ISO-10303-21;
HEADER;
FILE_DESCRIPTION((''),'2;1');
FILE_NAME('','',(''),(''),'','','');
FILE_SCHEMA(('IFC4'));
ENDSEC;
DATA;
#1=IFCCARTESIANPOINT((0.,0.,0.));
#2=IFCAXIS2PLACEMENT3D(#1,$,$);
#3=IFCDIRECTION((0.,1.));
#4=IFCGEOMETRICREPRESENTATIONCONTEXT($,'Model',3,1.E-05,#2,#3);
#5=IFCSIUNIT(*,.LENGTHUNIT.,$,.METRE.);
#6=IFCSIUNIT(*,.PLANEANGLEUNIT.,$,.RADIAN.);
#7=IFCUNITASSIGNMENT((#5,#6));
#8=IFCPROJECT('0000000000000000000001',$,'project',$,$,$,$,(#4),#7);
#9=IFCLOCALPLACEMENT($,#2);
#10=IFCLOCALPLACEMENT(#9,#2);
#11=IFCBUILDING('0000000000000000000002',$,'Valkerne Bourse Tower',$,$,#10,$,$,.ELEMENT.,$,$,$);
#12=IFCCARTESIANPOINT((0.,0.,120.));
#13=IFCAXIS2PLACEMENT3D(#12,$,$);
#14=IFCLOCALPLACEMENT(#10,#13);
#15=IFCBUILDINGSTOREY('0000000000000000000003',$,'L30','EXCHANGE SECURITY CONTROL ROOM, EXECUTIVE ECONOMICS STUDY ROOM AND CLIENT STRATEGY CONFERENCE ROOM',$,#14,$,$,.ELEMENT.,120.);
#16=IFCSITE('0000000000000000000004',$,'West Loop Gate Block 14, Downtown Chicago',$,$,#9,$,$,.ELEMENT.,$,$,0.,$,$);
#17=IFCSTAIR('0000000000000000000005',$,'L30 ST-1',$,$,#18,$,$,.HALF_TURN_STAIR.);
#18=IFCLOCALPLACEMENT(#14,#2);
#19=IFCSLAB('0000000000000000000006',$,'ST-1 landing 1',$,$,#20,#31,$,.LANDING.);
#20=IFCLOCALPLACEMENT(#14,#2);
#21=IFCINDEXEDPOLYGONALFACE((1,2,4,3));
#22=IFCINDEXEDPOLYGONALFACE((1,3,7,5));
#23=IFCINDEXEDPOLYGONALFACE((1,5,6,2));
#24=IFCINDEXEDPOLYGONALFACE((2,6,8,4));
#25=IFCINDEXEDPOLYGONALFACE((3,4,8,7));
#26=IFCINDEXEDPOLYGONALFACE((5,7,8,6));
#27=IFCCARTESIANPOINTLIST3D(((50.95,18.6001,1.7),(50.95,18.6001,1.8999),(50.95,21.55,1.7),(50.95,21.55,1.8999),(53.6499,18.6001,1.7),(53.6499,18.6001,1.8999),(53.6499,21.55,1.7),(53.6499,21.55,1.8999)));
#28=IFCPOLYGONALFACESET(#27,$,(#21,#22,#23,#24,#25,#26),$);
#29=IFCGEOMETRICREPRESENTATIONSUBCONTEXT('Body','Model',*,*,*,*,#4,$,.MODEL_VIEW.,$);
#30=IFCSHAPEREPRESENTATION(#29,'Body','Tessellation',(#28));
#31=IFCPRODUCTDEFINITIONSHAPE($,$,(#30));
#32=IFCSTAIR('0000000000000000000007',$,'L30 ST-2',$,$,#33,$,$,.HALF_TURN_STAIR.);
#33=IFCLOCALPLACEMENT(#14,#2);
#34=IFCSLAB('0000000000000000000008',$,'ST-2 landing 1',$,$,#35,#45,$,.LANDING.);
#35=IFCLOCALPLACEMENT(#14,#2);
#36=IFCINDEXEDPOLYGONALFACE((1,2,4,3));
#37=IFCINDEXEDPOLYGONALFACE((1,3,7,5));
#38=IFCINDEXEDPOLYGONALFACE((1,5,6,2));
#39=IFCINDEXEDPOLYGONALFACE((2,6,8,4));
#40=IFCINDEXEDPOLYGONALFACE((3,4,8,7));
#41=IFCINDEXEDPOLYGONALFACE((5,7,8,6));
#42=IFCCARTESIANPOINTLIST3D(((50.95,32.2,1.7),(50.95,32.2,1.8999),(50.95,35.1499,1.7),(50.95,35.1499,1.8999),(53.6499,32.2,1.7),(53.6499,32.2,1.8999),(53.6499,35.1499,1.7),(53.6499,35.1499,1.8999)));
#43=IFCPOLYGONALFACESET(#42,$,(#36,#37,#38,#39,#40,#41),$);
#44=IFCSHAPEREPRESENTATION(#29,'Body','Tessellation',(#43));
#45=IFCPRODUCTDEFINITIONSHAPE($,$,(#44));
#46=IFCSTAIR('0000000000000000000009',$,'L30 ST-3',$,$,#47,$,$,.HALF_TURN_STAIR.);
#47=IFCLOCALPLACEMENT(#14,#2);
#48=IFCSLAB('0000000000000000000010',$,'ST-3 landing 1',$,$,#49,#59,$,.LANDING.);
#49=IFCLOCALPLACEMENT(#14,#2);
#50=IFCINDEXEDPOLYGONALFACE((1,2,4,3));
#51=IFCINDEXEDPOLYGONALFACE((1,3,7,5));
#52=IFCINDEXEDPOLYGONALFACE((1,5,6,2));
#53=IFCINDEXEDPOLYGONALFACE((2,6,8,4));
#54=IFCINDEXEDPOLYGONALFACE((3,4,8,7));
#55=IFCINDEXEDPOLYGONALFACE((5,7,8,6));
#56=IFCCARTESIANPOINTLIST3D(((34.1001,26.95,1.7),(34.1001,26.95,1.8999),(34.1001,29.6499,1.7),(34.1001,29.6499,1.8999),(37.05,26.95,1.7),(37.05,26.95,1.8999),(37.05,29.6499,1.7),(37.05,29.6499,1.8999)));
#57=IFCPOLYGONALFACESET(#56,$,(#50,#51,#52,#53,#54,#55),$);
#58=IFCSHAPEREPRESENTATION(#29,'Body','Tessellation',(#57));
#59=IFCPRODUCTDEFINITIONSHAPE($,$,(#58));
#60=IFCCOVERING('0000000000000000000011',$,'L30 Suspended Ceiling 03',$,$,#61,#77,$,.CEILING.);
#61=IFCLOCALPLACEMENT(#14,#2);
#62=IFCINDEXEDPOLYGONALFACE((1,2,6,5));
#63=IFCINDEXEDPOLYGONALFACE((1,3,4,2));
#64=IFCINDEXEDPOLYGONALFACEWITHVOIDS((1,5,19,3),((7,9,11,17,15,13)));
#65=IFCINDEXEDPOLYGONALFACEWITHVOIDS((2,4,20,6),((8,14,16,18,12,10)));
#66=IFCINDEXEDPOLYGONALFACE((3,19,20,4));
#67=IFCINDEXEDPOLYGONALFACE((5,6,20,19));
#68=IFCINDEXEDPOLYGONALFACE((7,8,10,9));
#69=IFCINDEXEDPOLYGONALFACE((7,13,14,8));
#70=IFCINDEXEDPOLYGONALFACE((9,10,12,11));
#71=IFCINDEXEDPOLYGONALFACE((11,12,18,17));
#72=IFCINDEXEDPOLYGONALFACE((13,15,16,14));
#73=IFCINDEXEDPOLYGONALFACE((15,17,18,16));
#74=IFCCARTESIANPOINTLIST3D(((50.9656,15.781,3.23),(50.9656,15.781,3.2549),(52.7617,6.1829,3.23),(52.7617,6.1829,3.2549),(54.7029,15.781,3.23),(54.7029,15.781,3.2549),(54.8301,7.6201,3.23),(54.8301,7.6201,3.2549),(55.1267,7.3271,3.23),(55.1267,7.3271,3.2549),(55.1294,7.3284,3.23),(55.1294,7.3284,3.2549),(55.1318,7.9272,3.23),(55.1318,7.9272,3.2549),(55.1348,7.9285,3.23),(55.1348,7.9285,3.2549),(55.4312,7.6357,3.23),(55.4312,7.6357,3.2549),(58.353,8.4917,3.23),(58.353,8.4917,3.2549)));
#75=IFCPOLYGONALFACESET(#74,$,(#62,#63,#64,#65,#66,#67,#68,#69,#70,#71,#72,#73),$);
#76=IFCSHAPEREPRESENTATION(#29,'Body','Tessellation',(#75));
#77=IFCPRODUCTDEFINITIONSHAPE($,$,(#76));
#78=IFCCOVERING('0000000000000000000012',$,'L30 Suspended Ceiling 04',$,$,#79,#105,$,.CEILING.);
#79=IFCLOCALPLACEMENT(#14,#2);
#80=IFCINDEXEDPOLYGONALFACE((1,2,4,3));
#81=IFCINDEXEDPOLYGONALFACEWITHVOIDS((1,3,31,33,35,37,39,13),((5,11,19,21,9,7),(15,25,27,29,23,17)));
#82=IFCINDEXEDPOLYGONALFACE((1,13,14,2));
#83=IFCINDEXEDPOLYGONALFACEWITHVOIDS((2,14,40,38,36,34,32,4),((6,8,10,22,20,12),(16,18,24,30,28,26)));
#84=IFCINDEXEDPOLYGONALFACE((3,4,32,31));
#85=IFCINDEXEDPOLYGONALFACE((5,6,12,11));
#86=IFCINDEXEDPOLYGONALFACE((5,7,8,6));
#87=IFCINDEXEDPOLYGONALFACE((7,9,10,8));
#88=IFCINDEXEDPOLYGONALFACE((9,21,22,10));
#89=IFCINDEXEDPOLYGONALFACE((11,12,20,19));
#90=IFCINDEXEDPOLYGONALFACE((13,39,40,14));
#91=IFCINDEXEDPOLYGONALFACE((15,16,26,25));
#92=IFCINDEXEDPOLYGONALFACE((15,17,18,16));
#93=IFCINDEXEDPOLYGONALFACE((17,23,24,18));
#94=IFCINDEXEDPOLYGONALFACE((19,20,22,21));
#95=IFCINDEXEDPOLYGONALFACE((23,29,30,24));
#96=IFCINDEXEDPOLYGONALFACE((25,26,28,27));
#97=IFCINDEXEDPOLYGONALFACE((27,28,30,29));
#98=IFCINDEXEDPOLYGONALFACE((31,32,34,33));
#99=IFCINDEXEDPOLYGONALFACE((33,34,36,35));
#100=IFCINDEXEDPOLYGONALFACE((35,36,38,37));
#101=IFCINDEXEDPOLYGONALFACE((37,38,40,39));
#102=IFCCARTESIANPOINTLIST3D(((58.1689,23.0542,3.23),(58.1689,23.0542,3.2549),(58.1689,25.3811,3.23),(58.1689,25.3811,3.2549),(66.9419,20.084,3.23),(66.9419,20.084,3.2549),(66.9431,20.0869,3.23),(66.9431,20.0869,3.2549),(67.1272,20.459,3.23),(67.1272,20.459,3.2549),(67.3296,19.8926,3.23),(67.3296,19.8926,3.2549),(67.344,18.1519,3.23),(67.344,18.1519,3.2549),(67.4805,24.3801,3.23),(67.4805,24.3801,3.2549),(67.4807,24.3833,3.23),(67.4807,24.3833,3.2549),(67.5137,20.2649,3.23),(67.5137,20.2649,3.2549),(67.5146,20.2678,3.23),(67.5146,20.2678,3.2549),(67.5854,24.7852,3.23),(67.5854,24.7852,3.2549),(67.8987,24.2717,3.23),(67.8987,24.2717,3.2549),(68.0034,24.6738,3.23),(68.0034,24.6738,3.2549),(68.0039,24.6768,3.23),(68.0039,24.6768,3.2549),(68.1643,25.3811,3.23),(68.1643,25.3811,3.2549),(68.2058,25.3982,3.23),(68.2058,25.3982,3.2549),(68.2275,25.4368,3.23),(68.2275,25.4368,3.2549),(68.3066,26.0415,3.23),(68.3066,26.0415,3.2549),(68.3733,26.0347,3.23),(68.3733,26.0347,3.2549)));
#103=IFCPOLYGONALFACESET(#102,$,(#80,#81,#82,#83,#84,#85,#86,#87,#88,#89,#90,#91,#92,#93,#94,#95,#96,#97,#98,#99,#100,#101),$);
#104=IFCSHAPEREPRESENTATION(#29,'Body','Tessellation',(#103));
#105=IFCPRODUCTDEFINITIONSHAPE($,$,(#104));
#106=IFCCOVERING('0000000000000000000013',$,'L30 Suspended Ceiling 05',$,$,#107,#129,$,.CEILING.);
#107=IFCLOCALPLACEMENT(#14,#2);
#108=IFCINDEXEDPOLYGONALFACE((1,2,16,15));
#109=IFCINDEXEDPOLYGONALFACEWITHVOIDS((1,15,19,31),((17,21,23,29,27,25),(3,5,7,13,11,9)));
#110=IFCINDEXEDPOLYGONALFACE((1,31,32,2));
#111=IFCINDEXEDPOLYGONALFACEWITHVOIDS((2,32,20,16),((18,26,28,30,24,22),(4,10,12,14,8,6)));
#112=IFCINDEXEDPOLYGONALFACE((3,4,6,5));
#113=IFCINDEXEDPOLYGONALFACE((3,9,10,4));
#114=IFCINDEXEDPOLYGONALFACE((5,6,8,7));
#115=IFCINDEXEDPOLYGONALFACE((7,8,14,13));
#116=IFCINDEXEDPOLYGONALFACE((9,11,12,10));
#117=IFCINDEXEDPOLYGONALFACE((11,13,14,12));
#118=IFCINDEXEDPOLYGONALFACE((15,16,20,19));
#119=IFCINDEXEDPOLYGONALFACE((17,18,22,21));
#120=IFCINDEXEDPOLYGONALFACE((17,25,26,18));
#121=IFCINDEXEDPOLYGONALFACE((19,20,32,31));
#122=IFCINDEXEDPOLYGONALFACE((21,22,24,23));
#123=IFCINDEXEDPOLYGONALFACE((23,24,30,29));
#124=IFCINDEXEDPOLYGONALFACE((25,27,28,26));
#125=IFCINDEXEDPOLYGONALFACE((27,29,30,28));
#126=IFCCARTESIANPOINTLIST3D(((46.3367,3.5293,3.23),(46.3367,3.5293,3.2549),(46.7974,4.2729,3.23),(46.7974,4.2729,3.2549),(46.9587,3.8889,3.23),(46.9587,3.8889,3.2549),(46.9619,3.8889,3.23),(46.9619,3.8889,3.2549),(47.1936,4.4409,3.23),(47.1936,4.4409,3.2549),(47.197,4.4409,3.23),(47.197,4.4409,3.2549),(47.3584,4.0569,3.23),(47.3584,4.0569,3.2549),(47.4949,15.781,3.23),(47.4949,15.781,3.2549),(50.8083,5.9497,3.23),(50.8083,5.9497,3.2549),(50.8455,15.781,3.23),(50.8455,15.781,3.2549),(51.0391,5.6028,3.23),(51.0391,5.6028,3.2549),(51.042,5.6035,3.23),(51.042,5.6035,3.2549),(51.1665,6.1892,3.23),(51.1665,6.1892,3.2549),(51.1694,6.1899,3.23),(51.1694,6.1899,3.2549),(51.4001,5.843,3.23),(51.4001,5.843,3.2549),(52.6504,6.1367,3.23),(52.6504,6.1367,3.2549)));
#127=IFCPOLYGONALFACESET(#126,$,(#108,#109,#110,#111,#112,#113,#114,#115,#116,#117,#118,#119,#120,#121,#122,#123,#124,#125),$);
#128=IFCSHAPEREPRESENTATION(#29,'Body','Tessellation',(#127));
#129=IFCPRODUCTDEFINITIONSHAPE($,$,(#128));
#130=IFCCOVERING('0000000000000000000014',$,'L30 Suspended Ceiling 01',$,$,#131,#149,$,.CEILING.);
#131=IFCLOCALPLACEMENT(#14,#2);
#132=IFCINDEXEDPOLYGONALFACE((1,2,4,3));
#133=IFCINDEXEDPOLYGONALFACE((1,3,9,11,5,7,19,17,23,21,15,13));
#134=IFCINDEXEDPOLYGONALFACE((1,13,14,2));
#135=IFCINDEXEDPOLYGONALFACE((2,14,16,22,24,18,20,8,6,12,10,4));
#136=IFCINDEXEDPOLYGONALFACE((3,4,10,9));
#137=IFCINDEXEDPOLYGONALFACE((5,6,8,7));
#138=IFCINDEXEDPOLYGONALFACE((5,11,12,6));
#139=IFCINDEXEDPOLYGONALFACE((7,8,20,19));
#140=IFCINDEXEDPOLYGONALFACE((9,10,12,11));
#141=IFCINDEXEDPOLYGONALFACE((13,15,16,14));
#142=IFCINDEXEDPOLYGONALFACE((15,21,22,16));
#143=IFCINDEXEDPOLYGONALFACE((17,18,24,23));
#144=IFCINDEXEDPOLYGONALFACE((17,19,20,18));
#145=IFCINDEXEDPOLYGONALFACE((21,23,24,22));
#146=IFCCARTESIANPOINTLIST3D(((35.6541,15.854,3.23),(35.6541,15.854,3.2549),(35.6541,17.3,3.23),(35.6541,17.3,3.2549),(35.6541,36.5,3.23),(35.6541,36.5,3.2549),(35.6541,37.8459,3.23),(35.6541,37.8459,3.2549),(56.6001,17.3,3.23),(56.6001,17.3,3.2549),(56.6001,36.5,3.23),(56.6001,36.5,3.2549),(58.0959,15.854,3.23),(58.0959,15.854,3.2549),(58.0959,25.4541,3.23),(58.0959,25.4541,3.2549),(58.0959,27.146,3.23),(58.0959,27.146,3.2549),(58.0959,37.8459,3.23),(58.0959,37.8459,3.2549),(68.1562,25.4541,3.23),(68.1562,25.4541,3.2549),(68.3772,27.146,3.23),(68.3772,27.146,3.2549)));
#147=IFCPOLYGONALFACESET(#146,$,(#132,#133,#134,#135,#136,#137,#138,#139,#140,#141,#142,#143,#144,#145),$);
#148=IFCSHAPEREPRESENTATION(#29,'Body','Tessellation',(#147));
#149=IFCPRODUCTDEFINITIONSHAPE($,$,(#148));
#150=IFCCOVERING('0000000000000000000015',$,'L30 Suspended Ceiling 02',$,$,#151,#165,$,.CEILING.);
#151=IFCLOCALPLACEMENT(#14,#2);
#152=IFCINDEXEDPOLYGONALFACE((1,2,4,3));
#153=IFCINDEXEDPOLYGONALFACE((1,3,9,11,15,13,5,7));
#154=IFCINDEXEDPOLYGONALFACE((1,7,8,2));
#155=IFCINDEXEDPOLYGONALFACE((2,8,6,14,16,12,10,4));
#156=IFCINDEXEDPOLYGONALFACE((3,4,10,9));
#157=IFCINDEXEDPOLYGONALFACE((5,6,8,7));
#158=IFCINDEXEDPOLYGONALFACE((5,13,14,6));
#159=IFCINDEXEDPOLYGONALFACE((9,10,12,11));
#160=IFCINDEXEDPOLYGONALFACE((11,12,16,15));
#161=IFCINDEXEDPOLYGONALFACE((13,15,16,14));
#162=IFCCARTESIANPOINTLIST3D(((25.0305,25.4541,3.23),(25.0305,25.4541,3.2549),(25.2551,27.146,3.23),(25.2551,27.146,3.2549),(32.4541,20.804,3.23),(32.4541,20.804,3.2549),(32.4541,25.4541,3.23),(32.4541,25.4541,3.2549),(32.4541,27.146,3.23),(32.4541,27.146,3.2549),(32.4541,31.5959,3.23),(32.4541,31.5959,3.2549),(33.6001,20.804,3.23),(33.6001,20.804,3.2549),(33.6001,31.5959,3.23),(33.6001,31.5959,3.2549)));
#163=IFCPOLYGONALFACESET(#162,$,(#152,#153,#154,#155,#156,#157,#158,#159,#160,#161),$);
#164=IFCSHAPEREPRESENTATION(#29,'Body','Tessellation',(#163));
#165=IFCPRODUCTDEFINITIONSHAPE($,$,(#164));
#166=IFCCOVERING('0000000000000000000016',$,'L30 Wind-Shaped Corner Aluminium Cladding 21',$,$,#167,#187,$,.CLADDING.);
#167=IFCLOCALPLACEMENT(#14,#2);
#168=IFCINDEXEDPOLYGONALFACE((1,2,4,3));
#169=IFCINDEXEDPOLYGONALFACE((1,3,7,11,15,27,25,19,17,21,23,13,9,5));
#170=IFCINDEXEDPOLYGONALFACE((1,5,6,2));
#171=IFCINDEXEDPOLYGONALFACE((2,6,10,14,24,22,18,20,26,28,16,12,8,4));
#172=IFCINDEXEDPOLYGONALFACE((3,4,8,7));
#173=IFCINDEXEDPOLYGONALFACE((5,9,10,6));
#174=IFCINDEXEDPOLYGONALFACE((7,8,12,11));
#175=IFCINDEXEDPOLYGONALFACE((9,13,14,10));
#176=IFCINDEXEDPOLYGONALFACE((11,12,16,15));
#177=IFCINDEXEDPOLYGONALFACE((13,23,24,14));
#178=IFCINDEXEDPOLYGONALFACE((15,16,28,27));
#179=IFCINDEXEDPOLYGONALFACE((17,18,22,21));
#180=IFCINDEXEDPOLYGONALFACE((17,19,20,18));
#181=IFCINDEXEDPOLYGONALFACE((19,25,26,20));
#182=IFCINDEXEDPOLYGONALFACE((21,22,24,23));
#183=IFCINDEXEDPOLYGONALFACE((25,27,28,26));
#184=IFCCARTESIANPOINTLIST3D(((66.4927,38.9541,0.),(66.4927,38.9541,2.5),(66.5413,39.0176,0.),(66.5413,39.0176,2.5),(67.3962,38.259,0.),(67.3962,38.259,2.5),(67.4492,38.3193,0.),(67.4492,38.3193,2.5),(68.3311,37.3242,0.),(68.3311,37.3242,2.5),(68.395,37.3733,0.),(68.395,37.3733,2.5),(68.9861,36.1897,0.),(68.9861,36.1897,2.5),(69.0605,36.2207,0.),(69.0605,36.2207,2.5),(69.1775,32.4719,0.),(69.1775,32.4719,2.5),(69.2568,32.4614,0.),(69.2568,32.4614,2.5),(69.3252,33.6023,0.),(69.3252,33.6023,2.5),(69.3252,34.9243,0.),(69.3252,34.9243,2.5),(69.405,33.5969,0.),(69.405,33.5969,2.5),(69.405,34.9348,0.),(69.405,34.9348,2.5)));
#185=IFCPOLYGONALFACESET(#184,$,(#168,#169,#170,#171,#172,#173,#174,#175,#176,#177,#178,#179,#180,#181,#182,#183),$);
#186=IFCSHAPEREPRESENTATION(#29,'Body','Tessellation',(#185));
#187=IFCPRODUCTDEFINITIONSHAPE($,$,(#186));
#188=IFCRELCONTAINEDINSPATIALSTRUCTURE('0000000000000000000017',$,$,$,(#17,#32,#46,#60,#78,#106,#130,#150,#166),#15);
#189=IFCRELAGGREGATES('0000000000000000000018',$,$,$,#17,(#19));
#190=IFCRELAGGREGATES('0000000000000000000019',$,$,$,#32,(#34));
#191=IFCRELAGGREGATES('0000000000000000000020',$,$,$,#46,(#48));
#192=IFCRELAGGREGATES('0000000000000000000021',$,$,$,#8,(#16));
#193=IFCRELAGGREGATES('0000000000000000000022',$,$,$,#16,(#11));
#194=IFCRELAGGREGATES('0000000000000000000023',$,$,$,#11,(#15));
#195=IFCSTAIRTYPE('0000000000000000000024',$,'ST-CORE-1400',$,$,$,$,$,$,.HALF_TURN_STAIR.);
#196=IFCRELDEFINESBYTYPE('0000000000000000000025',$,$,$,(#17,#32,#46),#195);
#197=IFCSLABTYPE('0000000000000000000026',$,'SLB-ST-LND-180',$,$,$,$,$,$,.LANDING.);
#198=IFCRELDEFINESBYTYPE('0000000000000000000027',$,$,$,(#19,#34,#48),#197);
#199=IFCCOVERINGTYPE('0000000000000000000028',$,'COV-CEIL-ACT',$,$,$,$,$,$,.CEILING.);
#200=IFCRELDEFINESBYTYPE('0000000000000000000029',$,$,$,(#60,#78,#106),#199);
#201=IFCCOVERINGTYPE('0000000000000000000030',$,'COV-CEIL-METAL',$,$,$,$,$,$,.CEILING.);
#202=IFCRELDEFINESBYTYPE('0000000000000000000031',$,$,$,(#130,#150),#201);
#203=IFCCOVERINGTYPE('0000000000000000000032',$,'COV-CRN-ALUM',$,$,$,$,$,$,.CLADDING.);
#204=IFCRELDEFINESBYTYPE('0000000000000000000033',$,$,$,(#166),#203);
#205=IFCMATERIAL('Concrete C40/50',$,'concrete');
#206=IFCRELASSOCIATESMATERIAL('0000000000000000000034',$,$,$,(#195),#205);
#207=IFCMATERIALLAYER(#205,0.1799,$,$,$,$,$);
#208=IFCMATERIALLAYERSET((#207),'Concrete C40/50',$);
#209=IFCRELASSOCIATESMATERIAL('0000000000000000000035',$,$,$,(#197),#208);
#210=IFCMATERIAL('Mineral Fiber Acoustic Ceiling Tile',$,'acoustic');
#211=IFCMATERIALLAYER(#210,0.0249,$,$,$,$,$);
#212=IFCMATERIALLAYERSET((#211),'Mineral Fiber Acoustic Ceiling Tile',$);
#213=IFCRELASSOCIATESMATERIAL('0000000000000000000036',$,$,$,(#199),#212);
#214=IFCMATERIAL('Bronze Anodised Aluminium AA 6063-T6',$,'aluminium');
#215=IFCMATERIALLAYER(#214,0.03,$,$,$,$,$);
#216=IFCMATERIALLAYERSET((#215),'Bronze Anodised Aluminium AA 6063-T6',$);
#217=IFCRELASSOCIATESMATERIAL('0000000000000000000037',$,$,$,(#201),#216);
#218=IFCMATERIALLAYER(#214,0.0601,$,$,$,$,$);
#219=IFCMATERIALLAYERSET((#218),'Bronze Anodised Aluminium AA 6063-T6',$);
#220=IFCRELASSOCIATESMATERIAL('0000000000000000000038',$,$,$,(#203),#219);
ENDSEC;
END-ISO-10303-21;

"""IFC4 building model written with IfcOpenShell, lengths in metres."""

from ifc_helpers import new_model, si_unit, direction, frame, origin, place, context, subcontext, project, spatial, polyline, outline, extrude, material, layer, layer_set, type_object, element, aggregate, save


model = new_model("IFC4")

# Units and contexts
model_context = context("Model", 3, precision=1e-05, world=origin(), true_north=direction((0.0, 1.0)))
body_context = subcontext(model_context, "Body", "Model", "MODEL_VIEW")
ifc_project = project(units=[si_unit("LENGTHUNIT", "METRE"), si_unit("PLANEANGLEUNIT", "RADIAN")], contexts=[model_context])

# Site, building, storey
site_placement = place(None, origin())
site = spatial("IfcSite", under=ifc_project, at=site_placement, Name="West Loop Gate Block 14, Downtown Chicago", CompositionType="ELEMENT", RefElevation=0.0)
building_placement = place(site_placement, origin())
building = spatial("IfcBuilding", under=site, at=building_placement, Name="Valkerne Bourse Tower", CompositionType="ELEMENT")
storey_placement = place(building_placement, frame((0.0, 0.0, 120.0)))
storey = spatial("IfcBuildingStorey", under=building, at=storey_placement, Name="L30", Description="EXCHANGE SECURITY CONTROL ROOM, EXECUTIVE ECONOMICS STUDY ROOM AND CLIENT STRATEGY CONFERENCE ROOM", CompositionType="ELEMENT", Elevation=120.0)

# Stairs, slabs
ifc_material_1 = material(Name="Concrete C40/50", Category="concrete")
stair_type = type_object("IfcStairType", Name="ST-CORE-1400", PredefinedType="HALF_TURN_STAIR", material=ifc_material_1)
stair_1_placement = place(storey_placement, origin())
stair_1 = element("IfcStair", 1, at=stair_1_placement, inside=storey, type_object=stair_type, Name="L30 ST-1", PredefinedType="HALF_TURN_STAIR")
ifc_layer_1 = layer(ifc_material_1, 0.1799)
ifc_layer_set_1 = layer_set([ifc_layer_1], Name="Concrete C40/50")
slab_type = type_object("IfcSlabType", Name="SLB-ST-LND-180", PredefinedType="LANDING", material=ifc_layer_set_1)
slab_1_placement = place(storey_placement, frame((0.0, 0.0, 1.7)))
slab_1 = element("IfcSlab", 2, at=slab_1_placement, type_object=slab_type, Name="ST-1 landing 1", PredefinedType="LANDING", context=body_context, shape_type="SweptSolid", body=[
    extrude(outline(polyline([(50.95, 18.6001), (53.6499, 18.6001), (53.6499, 21.55), (50.95, 21.55), (50.95, 18.6001)])), origin(), (0.0, 0.0, 1.0), 0.2),
])
aggregate(stair_1, [slab_1])
stair_2_placement = place(storey_placement, origin())
stair_2 = element("IfcStair", 3, at=stair_2_placement, inside=storey, type_object=stair_type, Name="L30 ST-2", PredefinedType="HALF_TURN_STAIR")
slab_2_placement = place(storey_placement, frame((0.0, 0.0, 1.7)))
slab_2 = element("IfcSlab", 4, at=slab_2_placement, type_object=slab_type, Name="ST-2 landing 1", PredefinedType="LANDING", context=body_context, shape_type="SweptSolid", body=[
    extrude(outline(polyline([(50.95, 32.2), (53.6499, 32.2), (53.6499, 35.1499), (50.95, 35.1499), (50.95, 32.2)])), origin(), (0.0, 0.0, 1.0), 0.2),
])
aggregate(stair_2, [slab_2])
stair_3_placement = place(storey_placement, origin())
stair_3 = element("IfcStair", 5, at=stair_3_placement, inside=storey, type_object=stair_type, Name="L30 ST-3", PredefinedType="HALF_TURN_STAIR")
slab_3_placement = place(storey_placement, frame((0.0, 0.0, 1.7)))
slab_3 = element("IfcSlab", 6, at=slab_3_placement, type_object=slab_type, Name="ST-3 landing 1", PredefinedType="LANDING", context=body_context, shape_type="SweptSolid", body=[
    extrude(outline(polyline([(37.05, 26.95), (37.05, 29.6499), (34.1001, 29.6499), (34.1001, 26.95), (37.05, 26.95)])), origin(), (0.0, 0.0, 1.0), 0.2),
])
aggregate(stair_3, [slab_3])

# Coverings
ifc_material_2 = material(Name="Mineral Fiber Acoustic Ceiling Tile", Category="acoustic")
ifc_layer_2 = layer(ifc_material_2, 0.0249)
ifc_layer_set_2 = layer_set([ifc_layer_2], Name="Mineral Fiber Acoustic Ceiling Tile")
covering_type_1 = type_object("IfcCoveringType", Name="COV-CEIL-ACT", PredefinedType="CEILING", material=ifc_layer_set_2)
covering_1_placement = place(storey_placement, frame((0.0, 0.0, 3.23)))
element("IfcCovering", 7, at=covering_1_placement, inside=storey, type_object=covering_type_1, Name="L30 Suspended Ceiling 03", PredefinedType="CEILING", context=body_context, shape_type="SweptSolid", body=[
    extrude(outline(polyline([(54.7029, 15.781), (58.353, 8.4917), (52.7617, 6.1829), (50.9656, 15.781), (54.7029, 15.781)]), holes=[polyline([(55.1294, 7.3284), (55.4312, 7.6357), (55.1348, 7.9285), (55.1318, 7.9272), (54.8301, 7.6201), (55.1267, 7.3271), (55.1294, 7.3284)])]), origin(), (0.0, 0.0, 1.0), 0.0249),
])
covering_2_placement = place(storey_placement, frame((0.0, 0.0, 3.23)))
element("IfcCovering", 8, at=covering_2_placement, inside=storey, type_object=covering_type_1, Name="L30 Suspended Ceiling 04", PredefinedType="CEILING", context=body_context, shape_type="SweptSolid", body=[
    extrude(outline(polyline([(58.1689, 25.3811), (68.1643, 25.3811), (68.2058, 25.3982), (68.2275, 25.4368), (68.3066, 26.0415), (68.3733, 26.0347), (67.344, 18.1519), (58.1689, 23.0542), (58.1689, 25.3811)]), holes=[polyline([(67.5146, 20.2678), (67.1272, 20.459), (66.9431, 20.0869), (66.9419, 20.084), (67.3296, 19.8926), (67.5137, 20.2649), (67.5146, 20.2678)]), polyline([(68.0034, 24.6738), (68.0039, 24.6768), (67.5854, 24.7852), (67.4807, 24.3833), (67.4805, 24.3801), (67.8987, 24.2717), (68.0034, 24.6738)])]), origin(), (0.0, 0.0, 1.0), 0.0249),
])
covering_3_placement = place(storey_placement, frame((0.0, 0.0, 3.23)))
element("IfcCovering", 9, at=covering_3_placement, inside=storey, type_object=covering_type_1, Name="L30 Suspended Ceiling 05", PredefinedType="CEILING", context=body_context, shape_type="SweptSolid", body=[
    extrude(outline(polyline([(50.8455, 15.781), (52.6504, 6.1367), (46.3367, 3.5293), (47.4949, 15.781), (50.8455, 15.781)]), holes=[polyline([(46.9619, 3.8889), (47.3584, 4.0569), (47.197, 4.4409), (47.1936, 4.4409), (46.7974, 4.2729), (46.9587, 3.8889), (46.9619, 3.8889)]), polyline([(51.4001, 5.843), (51.1694, 6.1899), (51.1665, 6.1892), (50.8083, 5.9497), (51.0391, 5.6028), (51.042, 5.6035), (51.4001, 5.843)])]), origin(), (0.0, 0.0, 1.0), 0.0249),
])
ifc_material_3 = material(Name="Bronze Anodised Aluminium AA 6063-T6", Category="aluminium")
ifc_layer_3 = layer(ifc_material_3, 0.03)
ifc_layer_set_3 = layer_set([ifc_layer_3], Name="Bronze Anodised Aluminium AA 6063-T6")
covering_type_2 = type_object("IfcCoveringType", Name="COV-CEIL-METAL", PredefinedType="CEILING", material=ifc_layer_set_3)
covering_4_placement = place(storey_placement, frame((0.0, 0.0, 3.23)))
element("IfcCovering", 10, at=covering_4_placement, inside=storey, type_object=covering_type_2, Name="L30 Suspended Ceiling 01", PredefinedType="CEILING", context=body_context, shape_type="SweptSolid", body=[
    extrude(outline(polyline([(68.3772, 27.146), (68.1562, 25.4541), (58.0959, 25.4541), (58.0959, 15.854), (35.6541, 15.854), (35.6541, 17.3), (56.6001, 17.3), (56.6001, 36.5), (35.6541, 36.5), (35.6541, 37.8459), (58.0959, 37.8459), (58.0959, 27.146), (68.3772, 27.146)])), origin(), (0.0, 0.0, 1.0), 0.0249),
])
covering_5_placement = place(storey_placement, frame((0.0, 0.0, 3.23)))
element("IfcCovering", 11, at=covering_5_placement, inside=storey, type_object=covering_type_2, Name="L30 Suspended Ceiling 02", PredefinedType="CEILING", context=body_context, shape_type="SweptSolid", body=[
    extrude(outline(polyline([(32.4541, 20.804), (32.4541, 25.4541), (25.0305, 25.4541), (25.2551, 27.146), (32.4541, 27.146), (32.4541, 31.5959), (33.6001, 31.5959), (33.6001, 20.804), (32.4541, 20.804)])), origin(), (0.0, 0.0, 1.0), 0.0249),
])
ifc_layer_4 = layer(ifc_material_3, 0.0601)
ifc_layer_set_4 = layer_set([ifc_layer_4], Name="Bronze Anodised Aluminium AA 6063-T6")
covering_type_3 = type_object("IfcCoveringType", Name="COV-CRN-ALUM", PredefinedType="CLADDING", material=ifc_layer_set_4)
covering_6_placement = place(storey_placement, origin())
element("IfcCovering", 12, at=covering_6_placement, inside=storey, type_object=covering_type_3, Name="L30 Wind-Shaped Corner Aluminium Cladding 21", PredefinedType="CLADDING", context=body_context, shape_type="SweptSolid", body=[
    extrude(outline(polyline([(67.4492, 38.3193), (68.395, 37.3733), (69.0605, 36.2207), (69.405, 34.9348), (69.405, 33.5969), (69.2568, 32.4614), (69.1775, 32.4719), (69.3252, 33.6023), (69.3252, 34.9243), (68.9861, 36.1897), (68.3311, 37.3242), (67.3962, 38.259), (66.4927, 38.9541), (66.5413, 39.0176), (67.4492, 38.3193)])), origin(), (0.0, 0.0, 1.0), 2.5),
])

save(model, "model.ifc")
